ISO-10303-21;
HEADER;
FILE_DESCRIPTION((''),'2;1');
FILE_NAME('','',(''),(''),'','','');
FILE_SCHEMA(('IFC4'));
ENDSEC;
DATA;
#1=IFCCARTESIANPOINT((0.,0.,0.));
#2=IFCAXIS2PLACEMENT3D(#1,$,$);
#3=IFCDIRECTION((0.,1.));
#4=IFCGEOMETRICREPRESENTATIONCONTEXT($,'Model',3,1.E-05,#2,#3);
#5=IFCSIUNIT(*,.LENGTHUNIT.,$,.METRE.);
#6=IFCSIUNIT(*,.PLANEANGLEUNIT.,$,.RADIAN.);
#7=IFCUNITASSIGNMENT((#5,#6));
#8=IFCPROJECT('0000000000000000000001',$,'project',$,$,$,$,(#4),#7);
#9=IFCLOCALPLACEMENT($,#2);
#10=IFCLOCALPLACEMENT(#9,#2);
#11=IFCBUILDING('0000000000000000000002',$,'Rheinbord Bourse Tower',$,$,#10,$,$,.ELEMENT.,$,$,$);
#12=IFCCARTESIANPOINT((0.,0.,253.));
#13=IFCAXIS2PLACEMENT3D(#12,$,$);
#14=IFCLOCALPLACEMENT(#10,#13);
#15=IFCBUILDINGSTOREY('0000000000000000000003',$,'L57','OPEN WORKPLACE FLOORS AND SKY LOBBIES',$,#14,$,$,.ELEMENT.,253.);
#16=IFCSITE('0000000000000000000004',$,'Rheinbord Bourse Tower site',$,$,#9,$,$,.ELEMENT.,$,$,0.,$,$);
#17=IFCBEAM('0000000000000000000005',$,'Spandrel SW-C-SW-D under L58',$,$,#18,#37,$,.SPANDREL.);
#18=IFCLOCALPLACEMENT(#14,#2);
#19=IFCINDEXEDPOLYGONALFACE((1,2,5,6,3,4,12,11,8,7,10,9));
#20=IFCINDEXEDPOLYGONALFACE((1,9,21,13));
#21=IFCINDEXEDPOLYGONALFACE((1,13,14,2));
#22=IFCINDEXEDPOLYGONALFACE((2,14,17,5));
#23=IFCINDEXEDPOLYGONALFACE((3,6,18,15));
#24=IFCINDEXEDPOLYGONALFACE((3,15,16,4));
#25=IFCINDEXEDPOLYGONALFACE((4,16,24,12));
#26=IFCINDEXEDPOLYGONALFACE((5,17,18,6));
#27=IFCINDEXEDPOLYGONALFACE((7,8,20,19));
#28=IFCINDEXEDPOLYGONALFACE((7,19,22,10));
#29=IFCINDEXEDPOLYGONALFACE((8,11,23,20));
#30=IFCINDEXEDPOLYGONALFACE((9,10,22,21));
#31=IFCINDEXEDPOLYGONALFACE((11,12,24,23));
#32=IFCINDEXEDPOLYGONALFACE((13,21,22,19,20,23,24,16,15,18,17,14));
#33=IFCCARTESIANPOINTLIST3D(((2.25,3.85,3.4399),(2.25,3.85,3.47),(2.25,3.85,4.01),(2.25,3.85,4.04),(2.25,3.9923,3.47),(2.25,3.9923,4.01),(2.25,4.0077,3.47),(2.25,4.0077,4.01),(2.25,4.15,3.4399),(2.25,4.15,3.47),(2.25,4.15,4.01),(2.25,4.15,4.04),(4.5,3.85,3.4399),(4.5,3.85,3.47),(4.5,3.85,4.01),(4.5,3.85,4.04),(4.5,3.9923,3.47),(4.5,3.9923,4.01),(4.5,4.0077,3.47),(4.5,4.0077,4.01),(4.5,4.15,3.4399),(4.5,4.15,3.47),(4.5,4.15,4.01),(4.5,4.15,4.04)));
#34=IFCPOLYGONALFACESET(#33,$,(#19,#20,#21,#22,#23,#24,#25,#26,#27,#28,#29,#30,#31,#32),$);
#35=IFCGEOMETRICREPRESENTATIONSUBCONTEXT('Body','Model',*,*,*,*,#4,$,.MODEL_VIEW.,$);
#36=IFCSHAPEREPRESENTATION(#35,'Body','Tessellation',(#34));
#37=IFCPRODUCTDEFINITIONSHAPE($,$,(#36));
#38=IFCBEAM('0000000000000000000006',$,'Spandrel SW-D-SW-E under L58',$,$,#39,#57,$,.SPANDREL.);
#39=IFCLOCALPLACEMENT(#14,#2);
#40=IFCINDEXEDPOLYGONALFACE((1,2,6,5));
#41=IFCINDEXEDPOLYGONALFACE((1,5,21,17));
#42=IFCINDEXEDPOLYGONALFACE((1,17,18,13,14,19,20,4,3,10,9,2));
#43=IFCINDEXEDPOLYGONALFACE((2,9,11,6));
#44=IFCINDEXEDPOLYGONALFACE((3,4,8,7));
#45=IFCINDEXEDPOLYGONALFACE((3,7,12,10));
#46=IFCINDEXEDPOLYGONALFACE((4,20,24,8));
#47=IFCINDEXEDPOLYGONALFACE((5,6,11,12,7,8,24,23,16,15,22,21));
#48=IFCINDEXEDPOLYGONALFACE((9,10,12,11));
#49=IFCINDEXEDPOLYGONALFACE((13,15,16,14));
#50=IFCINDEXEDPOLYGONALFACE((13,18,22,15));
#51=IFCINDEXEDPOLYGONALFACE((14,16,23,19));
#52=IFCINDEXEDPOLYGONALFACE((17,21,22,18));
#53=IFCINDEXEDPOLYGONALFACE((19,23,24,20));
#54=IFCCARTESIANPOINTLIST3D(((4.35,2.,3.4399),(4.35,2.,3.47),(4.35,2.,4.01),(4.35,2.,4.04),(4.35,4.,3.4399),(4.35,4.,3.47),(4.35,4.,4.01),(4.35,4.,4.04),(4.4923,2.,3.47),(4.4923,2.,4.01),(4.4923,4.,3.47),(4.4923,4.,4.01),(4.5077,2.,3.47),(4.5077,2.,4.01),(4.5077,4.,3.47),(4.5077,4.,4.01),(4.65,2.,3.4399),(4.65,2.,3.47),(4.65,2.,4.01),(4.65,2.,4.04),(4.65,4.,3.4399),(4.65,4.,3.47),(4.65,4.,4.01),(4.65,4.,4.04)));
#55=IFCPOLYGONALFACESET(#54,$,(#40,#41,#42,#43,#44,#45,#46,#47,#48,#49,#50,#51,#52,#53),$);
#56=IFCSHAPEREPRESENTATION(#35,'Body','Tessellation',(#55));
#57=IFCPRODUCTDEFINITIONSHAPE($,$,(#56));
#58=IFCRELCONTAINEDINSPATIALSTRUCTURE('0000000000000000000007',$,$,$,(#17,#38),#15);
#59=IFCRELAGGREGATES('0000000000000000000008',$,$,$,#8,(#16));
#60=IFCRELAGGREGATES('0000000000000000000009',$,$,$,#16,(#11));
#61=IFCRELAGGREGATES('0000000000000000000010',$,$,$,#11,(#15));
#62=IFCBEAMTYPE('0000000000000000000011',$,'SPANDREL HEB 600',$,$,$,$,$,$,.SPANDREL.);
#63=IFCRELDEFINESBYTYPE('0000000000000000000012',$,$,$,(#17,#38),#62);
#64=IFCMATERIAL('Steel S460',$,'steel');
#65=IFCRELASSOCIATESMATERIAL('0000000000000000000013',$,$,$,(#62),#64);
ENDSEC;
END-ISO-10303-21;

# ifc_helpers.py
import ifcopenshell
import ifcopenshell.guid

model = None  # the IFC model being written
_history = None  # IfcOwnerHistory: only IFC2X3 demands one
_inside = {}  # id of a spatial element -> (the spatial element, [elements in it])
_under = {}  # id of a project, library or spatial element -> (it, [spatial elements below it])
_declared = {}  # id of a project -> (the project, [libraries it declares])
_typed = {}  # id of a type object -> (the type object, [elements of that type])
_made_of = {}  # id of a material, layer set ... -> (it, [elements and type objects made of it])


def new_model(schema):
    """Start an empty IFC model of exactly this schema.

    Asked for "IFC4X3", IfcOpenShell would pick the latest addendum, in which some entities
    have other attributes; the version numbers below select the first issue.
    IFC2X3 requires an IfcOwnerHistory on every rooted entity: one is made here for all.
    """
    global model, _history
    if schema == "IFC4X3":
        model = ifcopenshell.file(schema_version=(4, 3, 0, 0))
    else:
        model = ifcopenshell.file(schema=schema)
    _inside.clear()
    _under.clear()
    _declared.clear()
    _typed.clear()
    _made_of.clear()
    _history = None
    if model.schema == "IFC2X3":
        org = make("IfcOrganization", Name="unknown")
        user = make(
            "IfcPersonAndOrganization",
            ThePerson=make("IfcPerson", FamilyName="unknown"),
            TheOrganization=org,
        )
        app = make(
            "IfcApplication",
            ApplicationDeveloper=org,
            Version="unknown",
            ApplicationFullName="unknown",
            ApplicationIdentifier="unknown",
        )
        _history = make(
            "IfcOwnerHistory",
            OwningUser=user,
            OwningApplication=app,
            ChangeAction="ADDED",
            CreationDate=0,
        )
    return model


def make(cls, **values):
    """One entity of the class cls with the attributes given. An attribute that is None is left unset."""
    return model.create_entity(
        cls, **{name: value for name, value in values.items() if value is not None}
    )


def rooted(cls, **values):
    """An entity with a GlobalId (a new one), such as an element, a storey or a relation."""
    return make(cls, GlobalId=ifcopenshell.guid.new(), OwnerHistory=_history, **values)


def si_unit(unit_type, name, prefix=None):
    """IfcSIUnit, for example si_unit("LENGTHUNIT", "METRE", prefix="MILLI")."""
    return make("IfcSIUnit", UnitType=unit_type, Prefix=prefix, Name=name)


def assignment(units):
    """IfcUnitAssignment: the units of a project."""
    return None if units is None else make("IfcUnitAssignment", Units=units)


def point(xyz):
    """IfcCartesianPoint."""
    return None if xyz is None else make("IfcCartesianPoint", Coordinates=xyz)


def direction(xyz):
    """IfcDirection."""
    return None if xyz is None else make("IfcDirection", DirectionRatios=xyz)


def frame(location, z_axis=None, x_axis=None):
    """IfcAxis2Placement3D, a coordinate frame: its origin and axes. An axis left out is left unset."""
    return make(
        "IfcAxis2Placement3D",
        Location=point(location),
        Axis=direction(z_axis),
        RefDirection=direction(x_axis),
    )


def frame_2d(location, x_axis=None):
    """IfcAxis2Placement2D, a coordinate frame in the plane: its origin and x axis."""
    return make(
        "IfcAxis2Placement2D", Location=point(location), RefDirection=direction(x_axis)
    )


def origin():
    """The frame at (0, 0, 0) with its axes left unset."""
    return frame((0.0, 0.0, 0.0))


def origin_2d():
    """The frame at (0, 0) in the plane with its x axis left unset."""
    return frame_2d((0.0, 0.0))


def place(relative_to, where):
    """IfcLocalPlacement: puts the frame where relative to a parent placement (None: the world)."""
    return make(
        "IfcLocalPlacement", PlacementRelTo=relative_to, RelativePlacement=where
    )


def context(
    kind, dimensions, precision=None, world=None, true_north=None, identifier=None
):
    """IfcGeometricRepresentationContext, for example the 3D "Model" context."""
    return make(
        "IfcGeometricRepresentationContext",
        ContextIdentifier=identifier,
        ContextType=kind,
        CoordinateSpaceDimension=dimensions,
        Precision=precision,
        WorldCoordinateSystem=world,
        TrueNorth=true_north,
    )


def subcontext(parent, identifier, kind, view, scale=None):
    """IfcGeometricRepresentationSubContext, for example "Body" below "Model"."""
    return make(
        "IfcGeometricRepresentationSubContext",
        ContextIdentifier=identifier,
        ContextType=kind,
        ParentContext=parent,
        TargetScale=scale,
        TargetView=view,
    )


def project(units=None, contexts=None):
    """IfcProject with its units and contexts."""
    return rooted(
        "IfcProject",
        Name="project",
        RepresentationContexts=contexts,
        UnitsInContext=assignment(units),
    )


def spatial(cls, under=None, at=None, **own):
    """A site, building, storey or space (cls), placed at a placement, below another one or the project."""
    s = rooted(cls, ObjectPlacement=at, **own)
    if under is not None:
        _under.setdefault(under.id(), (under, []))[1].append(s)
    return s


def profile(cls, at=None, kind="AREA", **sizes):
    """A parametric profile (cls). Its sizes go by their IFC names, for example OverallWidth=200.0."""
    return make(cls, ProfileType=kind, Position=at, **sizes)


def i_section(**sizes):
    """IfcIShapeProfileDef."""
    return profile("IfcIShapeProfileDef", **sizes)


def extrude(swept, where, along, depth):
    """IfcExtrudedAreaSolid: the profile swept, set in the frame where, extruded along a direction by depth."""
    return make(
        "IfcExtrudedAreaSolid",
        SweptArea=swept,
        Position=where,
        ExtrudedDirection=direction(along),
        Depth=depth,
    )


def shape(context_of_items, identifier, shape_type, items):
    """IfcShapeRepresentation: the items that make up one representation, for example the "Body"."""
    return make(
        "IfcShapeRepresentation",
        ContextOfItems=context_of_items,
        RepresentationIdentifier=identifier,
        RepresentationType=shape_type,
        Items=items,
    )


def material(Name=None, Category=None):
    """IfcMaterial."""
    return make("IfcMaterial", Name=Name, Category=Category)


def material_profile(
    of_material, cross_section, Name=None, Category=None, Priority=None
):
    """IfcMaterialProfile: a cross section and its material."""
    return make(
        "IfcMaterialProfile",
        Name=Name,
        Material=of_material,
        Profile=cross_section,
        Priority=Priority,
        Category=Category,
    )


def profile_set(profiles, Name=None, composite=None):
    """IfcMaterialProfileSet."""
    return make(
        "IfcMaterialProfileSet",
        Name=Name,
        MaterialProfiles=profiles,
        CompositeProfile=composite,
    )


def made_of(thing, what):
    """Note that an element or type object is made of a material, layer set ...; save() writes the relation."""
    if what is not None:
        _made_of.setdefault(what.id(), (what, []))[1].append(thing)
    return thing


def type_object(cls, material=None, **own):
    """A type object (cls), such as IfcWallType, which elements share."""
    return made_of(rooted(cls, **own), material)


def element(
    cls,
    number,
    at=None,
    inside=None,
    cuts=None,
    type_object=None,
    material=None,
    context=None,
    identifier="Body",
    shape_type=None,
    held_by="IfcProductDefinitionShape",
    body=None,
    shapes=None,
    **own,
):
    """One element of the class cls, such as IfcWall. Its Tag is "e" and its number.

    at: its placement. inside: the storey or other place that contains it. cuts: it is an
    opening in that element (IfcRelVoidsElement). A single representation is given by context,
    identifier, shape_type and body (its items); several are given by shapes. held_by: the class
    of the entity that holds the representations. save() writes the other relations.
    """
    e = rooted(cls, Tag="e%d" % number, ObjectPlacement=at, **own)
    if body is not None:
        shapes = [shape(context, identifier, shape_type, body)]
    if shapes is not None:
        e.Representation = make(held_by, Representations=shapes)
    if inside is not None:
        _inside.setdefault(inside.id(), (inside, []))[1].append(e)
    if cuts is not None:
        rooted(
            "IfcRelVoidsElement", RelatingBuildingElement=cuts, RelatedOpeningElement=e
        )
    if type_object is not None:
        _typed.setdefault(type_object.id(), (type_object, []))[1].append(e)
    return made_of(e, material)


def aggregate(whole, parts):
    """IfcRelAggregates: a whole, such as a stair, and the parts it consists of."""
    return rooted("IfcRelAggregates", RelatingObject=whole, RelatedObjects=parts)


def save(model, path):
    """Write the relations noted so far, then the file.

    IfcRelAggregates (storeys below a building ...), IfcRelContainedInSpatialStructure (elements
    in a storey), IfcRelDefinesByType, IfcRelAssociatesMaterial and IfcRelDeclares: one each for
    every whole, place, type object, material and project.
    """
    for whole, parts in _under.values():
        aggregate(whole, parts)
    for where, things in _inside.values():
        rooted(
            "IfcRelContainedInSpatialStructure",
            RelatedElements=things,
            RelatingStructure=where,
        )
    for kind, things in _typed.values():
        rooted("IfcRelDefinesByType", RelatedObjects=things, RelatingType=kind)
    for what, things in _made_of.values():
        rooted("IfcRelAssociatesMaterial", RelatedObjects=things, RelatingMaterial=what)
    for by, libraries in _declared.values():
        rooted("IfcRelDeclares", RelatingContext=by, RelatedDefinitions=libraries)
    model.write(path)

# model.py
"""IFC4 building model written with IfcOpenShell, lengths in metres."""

from ifc_helpers import new_model, si_unit, direction, frame, origin, origin_2d, place, context, subcontext, project, spatial, i_section, extrude, material, material_profile, profile_set, type_object, element, save


model = new_model("IFC4")

# Units and contexts
model_context = context("Model", 3, precision=1e-05, world=origin(), true_north=direction((0.0, 1.0)))
body_context = subcontext(model_context, "Body", "Model", "MODEL_VIEW")
ifc_project = project(units=[si_unit("LENGTHUNIT", "METRE"), si_unit("PLANEANGLEUNIT", "RADIAN")], contexts=[model_context])

# Site, building, storey
site_placement = place(None, origin())
site = spatial("IfcSite", under=ifc_project, at=site_placement, Name="Rheinbord Bourse Tower site", CompositionType="ELEMENT", RefElevation=0.0)
building_placement = place(site_placement, origin())
building = spatial("IfcBuilding", under=site, at=building_placement, Name="Rheinbord Bourse Tower", CompositionType="ELEMENT")
storey_placement = place(building_placement, frame((0.0, 0.0, 253.0)))
storey = spatial("IfcBuildingStorey", under=building, at=storey_placement, Name="L57", Description="OPEN WORKPLACE FLOORS AND SKY LOBBIES", CompositionType="ELEMENT", Elevation=253.0)

# Beams
ifc_material_1 = material(Name="Steel S460", Category="steel")
ifc_material_profile_1 = material_profile(ifc_material_1, i_section(OverallWidth=0.3, OverallDepth=0.6001, WebThickness=0.0154, FlangeThickness=0.03, at=origin_2d()), Name="HEB 600")
ifc_profile_set_1 = profile_set([ifc_material_profile_1], Name="Steel S460")
beam_type_1 = type_object("IfcBeamType", Name="SPANDREL HEB 600", PredefinedType="SPANDREL", material=ifc_profile_set_1)
beam_1_placement = place(storey_placement, frame((2.25, 4.0, 3.74), z_axis=(1.0, 0.0, 0.0), x_axis=(0.0, 1.0, 0.0)))
element("IfcBeam", 1, at=beam_1_placement, inside=storey, type_object=beam_type_1, Name="Spandrel SW-C-SW-D under L58", PredefinedType="SPANDREL", context=body_context, shape_type="SweptSolid", body=[
    extrude(i_section(OverallWidth=0.3, OverallDepth=0.6001, WebThickness=0.0154, FlangeThickness=0.03, at=origin_2d()), origin(), (0.0, 0.0, 1.0), 2.25),
])
beam_2_placement = place(storey_placement, frame((4.5, 4.0, 3.74), z_axis=(0.0, -1.0, 0.0), x_axis=(1.0, 0.0, 0.0)))
element("IfcBeam", 2, at=beam_2_placement, inside=storey, type_object=beam_type_1, Name="Spandrel SW-D-SW-E under L58", PredefinedType="SPANDREL", context=body_context, shape_type="SweptSolid", body=[
    extrude(i_section(OverallWidth=0.3, OverallDepth=0.6001, WebThickness=0.0154, FlangeThickness=0.03, at=origin_2d()), origin(), (0.0, 0.0, 1.0), 2.0),
])

save(model, "model.ifc")
